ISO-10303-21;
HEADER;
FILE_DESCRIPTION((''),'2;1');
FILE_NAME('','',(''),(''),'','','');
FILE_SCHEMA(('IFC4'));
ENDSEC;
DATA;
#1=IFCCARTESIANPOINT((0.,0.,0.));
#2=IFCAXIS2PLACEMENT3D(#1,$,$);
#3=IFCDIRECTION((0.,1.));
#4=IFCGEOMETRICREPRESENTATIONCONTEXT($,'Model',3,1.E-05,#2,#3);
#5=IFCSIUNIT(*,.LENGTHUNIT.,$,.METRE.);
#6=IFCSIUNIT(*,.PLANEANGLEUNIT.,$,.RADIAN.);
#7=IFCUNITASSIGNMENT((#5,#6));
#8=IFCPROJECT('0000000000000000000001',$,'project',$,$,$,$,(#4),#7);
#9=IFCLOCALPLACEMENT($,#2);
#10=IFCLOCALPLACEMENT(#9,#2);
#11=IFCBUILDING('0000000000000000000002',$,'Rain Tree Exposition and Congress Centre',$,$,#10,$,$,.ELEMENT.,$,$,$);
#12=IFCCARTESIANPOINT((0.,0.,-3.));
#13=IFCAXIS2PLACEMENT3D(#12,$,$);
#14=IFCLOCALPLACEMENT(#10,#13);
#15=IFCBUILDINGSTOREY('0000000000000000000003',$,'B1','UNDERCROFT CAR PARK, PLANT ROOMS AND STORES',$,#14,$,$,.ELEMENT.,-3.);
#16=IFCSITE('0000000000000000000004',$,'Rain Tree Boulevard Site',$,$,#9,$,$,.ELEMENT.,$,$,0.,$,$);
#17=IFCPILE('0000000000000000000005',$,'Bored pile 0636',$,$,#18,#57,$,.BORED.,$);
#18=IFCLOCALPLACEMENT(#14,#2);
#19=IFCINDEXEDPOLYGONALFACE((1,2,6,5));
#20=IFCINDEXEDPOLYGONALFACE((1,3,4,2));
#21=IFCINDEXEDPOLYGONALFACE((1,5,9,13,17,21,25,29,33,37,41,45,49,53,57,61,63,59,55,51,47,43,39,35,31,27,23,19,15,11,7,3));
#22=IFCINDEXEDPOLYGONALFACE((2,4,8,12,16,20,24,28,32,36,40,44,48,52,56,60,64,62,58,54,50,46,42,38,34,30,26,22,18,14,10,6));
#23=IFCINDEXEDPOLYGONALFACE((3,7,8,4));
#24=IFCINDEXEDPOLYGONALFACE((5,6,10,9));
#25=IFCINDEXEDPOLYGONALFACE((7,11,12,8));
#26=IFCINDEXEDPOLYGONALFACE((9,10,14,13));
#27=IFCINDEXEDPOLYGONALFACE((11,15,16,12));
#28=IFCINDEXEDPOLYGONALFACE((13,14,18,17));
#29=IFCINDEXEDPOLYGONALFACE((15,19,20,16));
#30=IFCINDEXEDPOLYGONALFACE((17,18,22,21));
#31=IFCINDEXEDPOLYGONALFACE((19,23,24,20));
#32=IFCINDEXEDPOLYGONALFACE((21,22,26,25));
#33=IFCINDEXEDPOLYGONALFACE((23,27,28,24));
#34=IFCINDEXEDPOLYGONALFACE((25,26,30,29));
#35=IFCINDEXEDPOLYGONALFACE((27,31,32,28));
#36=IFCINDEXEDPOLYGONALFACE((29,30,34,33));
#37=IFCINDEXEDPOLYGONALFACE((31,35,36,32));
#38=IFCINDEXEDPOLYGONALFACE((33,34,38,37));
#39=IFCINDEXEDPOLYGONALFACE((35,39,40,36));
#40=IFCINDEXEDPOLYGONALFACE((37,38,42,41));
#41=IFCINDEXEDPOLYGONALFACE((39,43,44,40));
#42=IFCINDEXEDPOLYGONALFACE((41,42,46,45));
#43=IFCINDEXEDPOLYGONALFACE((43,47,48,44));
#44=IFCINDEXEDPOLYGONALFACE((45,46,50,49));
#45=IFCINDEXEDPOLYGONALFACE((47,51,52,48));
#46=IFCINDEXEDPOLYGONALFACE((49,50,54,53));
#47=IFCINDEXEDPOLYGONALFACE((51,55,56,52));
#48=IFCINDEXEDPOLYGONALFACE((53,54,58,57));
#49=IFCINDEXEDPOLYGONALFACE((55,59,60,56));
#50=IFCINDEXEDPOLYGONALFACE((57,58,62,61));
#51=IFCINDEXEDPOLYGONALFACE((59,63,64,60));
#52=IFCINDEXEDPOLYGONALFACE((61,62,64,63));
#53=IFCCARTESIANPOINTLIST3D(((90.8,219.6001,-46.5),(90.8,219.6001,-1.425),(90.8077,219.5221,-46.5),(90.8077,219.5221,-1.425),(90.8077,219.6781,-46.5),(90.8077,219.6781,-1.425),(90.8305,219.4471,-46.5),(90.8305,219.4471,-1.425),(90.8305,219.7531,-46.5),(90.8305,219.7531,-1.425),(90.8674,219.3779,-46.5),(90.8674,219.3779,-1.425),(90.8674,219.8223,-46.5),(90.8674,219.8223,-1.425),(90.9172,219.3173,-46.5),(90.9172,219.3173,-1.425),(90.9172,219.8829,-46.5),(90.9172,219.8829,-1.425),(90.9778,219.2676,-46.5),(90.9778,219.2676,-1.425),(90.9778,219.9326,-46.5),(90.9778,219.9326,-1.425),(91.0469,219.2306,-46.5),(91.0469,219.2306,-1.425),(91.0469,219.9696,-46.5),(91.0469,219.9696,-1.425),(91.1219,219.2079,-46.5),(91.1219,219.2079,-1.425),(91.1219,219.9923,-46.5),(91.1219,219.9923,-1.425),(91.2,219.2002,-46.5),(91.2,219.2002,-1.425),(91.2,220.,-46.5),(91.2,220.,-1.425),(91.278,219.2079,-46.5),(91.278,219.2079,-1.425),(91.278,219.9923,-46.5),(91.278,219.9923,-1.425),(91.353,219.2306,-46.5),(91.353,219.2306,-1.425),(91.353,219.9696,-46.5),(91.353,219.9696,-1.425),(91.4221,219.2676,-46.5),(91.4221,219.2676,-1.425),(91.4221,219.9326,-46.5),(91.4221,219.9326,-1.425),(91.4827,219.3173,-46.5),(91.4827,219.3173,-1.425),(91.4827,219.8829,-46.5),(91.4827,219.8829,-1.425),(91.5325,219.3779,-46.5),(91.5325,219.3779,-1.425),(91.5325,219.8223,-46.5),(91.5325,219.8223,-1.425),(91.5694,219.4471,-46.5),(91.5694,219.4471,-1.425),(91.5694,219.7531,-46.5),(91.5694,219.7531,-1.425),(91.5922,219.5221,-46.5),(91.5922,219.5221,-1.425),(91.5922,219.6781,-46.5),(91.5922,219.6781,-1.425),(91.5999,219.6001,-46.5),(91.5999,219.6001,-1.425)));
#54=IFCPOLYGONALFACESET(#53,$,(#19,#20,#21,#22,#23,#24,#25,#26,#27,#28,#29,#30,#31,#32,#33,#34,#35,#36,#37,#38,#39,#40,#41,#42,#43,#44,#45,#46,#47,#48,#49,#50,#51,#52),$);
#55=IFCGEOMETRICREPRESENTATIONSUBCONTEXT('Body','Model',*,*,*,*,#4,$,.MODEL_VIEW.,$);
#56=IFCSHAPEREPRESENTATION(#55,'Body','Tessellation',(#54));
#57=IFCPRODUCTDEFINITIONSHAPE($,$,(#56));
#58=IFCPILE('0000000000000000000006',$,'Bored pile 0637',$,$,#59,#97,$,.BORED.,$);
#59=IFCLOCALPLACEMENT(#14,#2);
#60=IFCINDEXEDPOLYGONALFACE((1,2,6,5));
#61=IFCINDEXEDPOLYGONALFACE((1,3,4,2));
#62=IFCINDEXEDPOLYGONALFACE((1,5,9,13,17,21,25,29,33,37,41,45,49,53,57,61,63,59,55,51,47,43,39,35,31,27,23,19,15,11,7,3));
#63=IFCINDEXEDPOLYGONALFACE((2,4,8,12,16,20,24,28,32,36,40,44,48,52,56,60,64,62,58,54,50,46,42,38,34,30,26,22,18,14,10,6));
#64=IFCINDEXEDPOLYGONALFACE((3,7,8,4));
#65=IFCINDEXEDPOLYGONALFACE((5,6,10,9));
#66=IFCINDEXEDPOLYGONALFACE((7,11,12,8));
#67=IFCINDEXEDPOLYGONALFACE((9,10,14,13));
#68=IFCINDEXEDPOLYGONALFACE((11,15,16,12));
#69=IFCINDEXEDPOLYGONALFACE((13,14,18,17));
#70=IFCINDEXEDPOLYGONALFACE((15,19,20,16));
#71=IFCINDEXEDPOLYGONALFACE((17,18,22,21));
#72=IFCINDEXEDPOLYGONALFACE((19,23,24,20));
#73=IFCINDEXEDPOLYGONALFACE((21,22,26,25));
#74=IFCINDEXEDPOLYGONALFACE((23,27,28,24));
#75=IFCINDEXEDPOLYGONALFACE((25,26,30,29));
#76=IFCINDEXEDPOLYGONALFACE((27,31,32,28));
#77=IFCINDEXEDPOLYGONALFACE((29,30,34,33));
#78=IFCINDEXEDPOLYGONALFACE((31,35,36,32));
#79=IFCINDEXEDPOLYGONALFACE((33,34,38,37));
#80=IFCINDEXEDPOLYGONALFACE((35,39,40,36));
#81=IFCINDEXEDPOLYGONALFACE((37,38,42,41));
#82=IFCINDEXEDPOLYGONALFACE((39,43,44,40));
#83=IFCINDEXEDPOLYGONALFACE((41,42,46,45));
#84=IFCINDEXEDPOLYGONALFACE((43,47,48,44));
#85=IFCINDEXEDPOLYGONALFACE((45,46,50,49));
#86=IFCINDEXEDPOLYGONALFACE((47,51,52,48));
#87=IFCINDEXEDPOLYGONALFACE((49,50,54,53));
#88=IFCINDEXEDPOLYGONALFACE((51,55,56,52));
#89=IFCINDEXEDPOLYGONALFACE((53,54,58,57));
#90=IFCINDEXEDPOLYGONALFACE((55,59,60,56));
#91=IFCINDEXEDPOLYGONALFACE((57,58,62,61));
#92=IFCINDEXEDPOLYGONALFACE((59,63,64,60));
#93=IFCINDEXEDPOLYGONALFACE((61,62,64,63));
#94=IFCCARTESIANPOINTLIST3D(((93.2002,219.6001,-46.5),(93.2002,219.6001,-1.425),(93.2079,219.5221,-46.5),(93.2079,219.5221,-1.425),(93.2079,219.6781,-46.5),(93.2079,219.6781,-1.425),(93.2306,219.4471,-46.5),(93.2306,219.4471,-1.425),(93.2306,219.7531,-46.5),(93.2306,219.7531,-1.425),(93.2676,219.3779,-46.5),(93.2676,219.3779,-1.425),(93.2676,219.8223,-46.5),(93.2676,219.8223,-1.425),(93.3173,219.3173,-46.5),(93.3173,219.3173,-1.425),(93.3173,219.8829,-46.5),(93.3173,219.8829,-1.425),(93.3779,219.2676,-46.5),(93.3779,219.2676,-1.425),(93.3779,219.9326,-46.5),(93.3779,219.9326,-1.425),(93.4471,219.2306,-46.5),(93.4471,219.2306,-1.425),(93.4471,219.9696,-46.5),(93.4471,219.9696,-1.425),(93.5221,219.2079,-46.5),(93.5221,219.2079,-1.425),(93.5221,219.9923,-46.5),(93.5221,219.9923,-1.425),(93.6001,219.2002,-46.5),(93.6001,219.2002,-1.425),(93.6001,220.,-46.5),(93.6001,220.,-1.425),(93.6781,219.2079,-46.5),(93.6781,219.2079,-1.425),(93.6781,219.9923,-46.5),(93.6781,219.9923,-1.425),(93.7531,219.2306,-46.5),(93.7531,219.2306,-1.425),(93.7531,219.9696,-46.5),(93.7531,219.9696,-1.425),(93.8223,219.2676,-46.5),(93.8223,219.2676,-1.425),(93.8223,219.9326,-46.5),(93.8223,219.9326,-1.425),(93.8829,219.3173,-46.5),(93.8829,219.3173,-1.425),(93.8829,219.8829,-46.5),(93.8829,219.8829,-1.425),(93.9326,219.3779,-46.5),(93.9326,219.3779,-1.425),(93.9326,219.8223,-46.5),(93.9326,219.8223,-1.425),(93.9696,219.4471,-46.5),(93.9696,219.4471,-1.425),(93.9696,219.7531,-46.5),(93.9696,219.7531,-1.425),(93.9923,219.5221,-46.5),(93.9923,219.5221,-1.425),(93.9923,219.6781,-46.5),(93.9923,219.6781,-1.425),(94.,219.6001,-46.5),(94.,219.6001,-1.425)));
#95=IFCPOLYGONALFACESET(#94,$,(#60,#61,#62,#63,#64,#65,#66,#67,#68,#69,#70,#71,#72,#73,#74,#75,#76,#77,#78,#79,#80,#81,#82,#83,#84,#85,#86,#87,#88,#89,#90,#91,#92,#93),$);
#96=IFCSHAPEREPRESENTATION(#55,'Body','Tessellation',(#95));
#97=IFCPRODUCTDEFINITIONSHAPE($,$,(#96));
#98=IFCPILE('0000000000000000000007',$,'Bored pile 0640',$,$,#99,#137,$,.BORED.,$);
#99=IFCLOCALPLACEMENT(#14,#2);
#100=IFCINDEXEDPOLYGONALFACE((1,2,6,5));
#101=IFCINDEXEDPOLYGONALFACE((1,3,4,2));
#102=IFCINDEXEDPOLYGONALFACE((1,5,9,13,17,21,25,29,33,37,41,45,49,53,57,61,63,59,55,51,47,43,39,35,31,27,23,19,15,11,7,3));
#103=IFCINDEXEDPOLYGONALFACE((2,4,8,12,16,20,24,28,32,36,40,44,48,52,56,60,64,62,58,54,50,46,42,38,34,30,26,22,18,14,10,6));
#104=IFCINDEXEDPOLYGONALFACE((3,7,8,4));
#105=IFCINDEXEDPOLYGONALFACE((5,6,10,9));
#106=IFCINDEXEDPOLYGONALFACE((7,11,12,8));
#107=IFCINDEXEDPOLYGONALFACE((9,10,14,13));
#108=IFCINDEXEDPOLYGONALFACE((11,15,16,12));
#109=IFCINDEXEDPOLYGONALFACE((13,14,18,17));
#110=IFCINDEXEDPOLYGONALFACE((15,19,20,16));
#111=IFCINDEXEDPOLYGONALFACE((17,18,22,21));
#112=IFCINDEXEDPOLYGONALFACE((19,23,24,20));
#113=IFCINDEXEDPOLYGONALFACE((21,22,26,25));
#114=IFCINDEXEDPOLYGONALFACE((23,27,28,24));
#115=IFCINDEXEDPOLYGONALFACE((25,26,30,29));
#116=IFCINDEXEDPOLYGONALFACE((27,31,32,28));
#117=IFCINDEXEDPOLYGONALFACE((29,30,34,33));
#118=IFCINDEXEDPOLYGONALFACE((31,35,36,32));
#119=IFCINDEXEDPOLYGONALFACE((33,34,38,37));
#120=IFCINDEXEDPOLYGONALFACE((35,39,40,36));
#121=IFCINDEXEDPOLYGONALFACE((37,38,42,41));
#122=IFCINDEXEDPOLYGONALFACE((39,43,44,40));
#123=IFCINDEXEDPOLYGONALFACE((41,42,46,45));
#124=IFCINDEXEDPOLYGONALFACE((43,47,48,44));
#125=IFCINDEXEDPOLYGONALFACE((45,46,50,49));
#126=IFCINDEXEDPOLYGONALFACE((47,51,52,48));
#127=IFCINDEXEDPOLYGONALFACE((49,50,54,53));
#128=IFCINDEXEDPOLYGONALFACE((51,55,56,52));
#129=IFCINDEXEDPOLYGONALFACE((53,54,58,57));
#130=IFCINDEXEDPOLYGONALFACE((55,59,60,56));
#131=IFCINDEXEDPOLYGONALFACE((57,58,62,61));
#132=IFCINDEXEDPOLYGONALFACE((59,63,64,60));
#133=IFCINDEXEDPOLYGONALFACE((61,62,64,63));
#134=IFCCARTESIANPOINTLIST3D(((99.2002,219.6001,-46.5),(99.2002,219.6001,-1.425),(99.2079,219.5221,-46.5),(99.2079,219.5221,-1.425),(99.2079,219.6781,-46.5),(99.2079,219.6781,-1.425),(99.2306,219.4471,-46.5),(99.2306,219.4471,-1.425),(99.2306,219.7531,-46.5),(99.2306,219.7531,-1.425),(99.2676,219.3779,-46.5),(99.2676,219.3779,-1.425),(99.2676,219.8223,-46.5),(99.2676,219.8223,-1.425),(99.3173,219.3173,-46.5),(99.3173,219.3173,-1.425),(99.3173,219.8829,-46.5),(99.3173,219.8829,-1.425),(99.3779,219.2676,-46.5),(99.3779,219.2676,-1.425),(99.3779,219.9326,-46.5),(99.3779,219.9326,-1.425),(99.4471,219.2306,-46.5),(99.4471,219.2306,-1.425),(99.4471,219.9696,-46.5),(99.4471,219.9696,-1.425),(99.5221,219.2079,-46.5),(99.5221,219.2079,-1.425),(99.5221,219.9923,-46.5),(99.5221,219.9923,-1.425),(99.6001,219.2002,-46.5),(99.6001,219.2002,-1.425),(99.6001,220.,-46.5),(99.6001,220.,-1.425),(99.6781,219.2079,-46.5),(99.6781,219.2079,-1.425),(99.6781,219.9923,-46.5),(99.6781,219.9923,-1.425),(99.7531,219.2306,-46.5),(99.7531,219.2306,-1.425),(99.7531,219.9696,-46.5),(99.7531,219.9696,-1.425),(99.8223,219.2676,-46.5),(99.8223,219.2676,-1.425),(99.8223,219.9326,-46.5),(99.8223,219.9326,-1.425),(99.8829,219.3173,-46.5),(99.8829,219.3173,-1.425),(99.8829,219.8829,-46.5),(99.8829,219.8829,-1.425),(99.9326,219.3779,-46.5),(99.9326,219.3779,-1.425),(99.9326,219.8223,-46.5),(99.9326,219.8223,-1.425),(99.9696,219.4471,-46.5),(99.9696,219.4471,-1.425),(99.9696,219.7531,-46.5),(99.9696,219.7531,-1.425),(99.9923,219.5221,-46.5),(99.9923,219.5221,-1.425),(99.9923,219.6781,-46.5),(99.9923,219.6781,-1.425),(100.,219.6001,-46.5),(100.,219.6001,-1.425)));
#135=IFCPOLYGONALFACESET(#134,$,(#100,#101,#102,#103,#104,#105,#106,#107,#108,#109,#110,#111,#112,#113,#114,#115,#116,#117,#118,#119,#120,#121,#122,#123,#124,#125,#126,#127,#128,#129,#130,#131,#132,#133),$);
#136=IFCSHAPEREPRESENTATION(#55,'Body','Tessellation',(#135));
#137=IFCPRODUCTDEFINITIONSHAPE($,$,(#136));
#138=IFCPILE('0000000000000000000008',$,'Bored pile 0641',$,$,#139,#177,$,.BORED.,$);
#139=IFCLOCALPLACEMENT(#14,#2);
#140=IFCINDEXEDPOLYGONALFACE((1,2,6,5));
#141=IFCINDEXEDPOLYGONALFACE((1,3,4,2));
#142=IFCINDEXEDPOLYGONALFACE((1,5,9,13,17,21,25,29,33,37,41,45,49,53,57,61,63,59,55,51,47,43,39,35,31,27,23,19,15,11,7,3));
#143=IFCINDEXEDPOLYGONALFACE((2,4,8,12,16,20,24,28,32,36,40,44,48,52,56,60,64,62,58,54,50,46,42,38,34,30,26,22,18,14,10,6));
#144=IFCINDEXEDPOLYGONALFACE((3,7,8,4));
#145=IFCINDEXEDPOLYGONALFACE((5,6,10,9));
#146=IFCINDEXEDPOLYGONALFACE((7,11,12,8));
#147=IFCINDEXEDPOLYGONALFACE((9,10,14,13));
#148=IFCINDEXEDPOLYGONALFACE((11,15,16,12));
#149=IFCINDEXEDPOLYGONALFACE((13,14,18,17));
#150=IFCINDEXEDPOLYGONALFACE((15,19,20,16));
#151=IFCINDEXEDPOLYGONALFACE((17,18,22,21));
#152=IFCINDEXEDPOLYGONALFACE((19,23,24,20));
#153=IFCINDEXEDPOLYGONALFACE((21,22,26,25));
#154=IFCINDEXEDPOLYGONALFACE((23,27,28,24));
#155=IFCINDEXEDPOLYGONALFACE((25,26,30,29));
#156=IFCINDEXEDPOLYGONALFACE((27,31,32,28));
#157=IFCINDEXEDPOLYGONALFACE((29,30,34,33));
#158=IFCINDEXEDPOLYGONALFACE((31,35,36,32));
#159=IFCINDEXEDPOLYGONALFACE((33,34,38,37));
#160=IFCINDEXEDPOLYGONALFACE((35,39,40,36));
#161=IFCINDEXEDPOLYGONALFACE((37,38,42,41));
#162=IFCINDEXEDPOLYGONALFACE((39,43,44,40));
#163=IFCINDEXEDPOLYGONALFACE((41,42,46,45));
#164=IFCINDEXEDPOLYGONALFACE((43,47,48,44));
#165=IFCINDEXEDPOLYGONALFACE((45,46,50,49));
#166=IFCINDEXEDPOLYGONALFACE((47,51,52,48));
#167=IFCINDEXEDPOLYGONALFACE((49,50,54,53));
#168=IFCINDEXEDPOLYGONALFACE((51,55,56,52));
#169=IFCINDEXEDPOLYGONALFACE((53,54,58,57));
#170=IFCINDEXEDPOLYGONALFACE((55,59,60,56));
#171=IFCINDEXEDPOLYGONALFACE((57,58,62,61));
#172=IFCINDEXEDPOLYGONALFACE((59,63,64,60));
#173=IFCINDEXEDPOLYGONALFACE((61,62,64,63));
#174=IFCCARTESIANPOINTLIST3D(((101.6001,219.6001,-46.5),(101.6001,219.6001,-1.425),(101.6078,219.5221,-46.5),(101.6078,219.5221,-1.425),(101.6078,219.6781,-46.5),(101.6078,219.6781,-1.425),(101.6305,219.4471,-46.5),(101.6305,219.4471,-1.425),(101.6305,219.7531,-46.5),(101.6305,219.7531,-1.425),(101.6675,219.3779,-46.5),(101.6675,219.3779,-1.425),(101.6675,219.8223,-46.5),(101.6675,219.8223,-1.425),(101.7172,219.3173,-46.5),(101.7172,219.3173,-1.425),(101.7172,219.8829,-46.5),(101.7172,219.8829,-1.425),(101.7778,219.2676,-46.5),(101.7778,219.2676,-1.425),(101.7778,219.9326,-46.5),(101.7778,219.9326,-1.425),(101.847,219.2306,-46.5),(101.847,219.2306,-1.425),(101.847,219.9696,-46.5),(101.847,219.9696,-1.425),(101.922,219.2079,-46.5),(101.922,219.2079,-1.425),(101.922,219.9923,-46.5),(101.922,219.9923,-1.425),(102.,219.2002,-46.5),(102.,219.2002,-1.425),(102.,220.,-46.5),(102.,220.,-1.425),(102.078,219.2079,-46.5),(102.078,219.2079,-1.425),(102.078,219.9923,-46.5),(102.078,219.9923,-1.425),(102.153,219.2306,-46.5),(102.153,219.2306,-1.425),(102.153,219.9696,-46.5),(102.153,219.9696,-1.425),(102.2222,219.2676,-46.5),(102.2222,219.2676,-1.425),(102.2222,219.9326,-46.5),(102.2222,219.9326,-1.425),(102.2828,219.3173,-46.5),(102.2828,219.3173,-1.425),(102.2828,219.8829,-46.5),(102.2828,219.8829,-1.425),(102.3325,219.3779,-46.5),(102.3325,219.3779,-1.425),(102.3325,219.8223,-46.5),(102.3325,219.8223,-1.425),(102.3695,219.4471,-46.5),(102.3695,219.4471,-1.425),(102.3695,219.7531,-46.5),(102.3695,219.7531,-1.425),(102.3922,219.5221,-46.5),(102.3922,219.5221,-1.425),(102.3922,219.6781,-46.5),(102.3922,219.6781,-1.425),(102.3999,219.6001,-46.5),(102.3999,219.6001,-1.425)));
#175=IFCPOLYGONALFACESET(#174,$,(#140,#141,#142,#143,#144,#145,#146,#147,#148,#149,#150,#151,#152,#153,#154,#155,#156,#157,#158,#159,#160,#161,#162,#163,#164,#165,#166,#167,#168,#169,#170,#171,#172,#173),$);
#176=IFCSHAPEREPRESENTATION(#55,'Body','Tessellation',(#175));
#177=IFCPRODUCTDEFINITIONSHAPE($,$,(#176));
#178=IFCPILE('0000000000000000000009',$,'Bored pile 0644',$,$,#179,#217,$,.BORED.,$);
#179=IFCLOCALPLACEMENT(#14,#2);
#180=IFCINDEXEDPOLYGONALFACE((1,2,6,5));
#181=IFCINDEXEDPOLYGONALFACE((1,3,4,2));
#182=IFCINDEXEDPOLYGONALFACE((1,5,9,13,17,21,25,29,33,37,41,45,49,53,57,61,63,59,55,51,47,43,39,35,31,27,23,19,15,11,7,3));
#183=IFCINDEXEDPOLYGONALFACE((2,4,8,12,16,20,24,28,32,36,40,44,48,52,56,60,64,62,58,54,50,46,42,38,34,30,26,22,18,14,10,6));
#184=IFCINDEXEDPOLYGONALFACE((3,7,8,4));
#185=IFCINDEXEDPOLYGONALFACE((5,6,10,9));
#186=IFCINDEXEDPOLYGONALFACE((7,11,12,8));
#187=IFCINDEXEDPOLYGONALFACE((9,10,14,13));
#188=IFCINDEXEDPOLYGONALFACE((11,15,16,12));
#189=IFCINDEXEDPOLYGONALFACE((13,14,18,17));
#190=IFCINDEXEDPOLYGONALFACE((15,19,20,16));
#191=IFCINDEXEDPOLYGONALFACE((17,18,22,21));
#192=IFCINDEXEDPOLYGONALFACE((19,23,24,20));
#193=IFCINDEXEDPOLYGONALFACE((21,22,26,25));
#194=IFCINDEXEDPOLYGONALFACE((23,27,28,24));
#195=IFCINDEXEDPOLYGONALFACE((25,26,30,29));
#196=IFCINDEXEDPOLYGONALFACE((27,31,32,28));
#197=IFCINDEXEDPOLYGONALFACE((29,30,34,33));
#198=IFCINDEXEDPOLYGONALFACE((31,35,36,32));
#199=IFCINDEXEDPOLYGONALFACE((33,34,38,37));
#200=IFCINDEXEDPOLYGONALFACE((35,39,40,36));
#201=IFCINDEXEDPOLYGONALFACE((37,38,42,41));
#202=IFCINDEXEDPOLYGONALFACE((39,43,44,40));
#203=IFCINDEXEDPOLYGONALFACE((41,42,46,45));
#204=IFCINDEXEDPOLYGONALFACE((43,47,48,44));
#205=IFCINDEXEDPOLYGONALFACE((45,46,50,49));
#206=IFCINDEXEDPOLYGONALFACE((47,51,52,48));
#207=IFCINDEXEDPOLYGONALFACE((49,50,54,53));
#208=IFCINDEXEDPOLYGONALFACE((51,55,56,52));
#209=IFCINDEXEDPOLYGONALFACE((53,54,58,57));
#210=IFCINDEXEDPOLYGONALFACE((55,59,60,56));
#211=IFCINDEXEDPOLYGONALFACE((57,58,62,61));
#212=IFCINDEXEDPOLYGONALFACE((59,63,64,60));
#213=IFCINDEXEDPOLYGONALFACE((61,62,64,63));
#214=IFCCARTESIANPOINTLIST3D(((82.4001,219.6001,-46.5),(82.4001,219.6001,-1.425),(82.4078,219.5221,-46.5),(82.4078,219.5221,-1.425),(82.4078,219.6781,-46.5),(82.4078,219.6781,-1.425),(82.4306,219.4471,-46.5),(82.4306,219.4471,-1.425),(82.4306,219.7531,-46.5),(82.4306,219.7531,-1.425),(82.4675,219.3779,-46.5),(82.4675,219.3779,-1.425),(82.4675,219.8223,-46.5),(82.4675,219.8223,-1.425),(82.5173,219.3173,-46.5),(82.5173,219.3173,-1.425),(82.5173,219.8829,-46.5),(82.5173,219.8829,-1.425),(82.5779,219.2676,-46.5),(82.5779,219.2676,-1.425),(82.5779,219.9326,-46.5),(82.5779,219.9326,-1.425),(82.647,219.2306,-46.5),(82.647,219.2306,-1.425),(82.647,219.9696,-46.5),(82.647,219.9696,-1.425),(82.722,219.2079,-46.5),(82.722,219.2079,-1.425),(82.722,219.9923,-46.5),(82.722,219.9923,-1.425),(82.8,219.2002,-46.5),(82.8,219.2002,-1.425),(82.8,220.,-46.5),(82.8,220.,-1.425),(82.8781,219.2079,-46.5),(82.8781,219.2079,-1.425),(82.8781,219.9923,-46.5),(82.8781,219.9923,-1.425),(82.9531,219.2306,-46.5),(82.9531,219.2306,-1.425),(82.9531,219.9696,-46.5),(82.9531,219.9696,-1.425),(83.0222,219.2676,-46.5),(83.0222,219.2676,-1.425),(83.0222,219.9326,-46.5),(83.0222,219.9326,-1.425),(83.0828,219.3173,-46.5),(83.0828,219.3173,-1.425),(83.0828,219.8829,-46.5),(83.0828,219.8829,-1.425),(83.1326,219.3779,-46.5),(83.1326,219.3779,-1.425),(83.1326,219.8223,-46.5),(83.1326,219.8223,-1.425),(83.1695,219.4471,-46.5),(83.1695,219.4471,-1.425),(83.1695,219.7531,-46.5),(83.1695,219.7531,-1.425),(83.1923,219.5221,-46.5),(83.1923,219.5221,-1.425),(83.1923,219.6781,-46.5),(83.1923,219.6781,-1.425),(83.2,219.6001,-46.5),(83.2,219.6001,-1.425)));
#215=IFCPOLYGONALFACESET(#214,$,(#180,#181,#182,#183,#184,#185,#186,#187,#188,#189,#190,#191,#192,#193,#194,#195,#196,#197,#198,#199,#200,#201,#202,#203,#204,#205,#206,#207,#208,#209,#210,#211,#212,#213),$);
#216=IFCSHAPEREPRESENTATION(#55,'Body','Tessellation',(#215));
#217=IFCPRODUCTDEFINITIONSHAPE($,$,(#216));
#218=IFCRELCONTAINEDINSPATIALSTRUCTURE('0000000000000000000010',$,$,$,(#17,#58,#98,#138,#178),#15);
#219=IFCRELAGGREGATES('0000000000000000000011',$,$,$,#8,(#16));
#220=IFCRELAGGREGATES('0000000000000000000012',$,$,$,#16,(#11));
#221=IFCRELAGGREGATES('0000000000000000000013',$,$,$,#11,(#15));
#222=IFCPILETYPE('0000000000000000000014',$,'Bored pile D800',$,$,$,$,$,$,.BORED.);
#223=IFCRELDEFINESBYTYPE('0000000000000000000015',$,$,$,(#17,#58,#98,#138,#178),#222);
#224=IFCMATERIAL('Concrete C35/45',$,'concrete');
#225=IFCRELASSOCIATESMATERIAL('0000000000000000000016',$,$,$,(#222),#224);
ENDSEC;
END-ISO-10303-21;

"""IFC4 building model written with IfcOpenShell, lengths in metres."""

from ifc_helpers import new_model, si_unit, direction, frame, origin, origin_2d, place, context, subcontext, project, spatial, circle, extrude, material, material_profile, profile_set, type_object, element, save


model = new_model("IFC4")

# Units and contexts
model_context = context("Model", 3, precision=1e-05, world=origin(), true_north=direction((0.0, 1.0)))
body_context = subcontext(model_context, "Body", "Model", "MODEL_VIEW")
ifc_project = project(units=[si_unit("LENGTHUNIT", "METRE"), si_unit("PLANEANGLEUNIT", "RADIAN")], contexts=[model_context])

# Site, building, storey
site_placement = place(None, origin())
site = spatial("IfcSite", under=ifc_project, at=site_placement, Name="Rain Tree Boulevard Site", CompositionType="ELEMENT", RefElevation=0.0)
building_placement = place(site_placement, origin())
building = spatial("IfcBuilding", under=site, at=building_placement, Name="Rain Tree Exposition and Congress Centre", CompositionType="ELEMENT")
storey_placement = place(building_placement, frame((0.0, 0.0, -3.0)))
storey = spatial("IfcBuildingStorey", under=building, at=storey_placement, Name="B1", Description="UNDERCROFT CAR PARK, PLANT ROOMS AND STORES", CompositionType="ELEMENT", Elevation=-3.0)

# Piles
ifc_material_1 = material(Name="Concrete C35/45", Category="concrete")
ifc_material_profile_1 = material_profile(ifc_material_1, circle(Radius=0.3999, at=origin_2d()), Name="D800")
ifc_profile_set_1 = profile_set([ifc_material_profile_1], Name="Concrete C35/45")
pile_type = type_object("IfcPileType", Name="Bored pile D800", PredefinedType="BORED", material=ifc_profile_set_1)
for number, where, z_axis, x_axis, name in (
    (1, (91.2, 219.6001, -1.425), (0.0, 0.0, -1.0), (1.0, 0.0, 0.0), "Bored pile 0636"),
    (2, (93.6001, 219.6001, -1.425), (0.0, 0.0, -1.0), (1.0, 0.0, 0.0), "Bored pile 0637"),
    (3, (99.6001, 219.6001, -1.425), (0.0, 0.0, -1.0), (1.0, 0.0, 0.0), "Bored pile 0640"),
    (4, (102.0, 219.6001, -1.425), (0.0, 0.0, -1.0), (1.0, 0.0, 0.0), "Bored pile 0641"),
    (5, (82.8, 219.6001, -1.425), (0.0, 0.0, -1.0), (1.0, 0.0, 0.0), "Bored pile 0644"),
):
    element("IfcPile", number, at=place(storey_placement, frame(where, z_axis=z_axis, x_axis=x_axis)), inside=storey, type_object=pile_type, Name=name, PredefinedType="BORED", context=body_context, shape_type="SweptSolid", body=[
        extrude(circle(Radius=0.3999, at=origin_2d()), origin(), (0.0, 0.0, 1.0), 45.075),
    ])

save(model, "model.ifc")
